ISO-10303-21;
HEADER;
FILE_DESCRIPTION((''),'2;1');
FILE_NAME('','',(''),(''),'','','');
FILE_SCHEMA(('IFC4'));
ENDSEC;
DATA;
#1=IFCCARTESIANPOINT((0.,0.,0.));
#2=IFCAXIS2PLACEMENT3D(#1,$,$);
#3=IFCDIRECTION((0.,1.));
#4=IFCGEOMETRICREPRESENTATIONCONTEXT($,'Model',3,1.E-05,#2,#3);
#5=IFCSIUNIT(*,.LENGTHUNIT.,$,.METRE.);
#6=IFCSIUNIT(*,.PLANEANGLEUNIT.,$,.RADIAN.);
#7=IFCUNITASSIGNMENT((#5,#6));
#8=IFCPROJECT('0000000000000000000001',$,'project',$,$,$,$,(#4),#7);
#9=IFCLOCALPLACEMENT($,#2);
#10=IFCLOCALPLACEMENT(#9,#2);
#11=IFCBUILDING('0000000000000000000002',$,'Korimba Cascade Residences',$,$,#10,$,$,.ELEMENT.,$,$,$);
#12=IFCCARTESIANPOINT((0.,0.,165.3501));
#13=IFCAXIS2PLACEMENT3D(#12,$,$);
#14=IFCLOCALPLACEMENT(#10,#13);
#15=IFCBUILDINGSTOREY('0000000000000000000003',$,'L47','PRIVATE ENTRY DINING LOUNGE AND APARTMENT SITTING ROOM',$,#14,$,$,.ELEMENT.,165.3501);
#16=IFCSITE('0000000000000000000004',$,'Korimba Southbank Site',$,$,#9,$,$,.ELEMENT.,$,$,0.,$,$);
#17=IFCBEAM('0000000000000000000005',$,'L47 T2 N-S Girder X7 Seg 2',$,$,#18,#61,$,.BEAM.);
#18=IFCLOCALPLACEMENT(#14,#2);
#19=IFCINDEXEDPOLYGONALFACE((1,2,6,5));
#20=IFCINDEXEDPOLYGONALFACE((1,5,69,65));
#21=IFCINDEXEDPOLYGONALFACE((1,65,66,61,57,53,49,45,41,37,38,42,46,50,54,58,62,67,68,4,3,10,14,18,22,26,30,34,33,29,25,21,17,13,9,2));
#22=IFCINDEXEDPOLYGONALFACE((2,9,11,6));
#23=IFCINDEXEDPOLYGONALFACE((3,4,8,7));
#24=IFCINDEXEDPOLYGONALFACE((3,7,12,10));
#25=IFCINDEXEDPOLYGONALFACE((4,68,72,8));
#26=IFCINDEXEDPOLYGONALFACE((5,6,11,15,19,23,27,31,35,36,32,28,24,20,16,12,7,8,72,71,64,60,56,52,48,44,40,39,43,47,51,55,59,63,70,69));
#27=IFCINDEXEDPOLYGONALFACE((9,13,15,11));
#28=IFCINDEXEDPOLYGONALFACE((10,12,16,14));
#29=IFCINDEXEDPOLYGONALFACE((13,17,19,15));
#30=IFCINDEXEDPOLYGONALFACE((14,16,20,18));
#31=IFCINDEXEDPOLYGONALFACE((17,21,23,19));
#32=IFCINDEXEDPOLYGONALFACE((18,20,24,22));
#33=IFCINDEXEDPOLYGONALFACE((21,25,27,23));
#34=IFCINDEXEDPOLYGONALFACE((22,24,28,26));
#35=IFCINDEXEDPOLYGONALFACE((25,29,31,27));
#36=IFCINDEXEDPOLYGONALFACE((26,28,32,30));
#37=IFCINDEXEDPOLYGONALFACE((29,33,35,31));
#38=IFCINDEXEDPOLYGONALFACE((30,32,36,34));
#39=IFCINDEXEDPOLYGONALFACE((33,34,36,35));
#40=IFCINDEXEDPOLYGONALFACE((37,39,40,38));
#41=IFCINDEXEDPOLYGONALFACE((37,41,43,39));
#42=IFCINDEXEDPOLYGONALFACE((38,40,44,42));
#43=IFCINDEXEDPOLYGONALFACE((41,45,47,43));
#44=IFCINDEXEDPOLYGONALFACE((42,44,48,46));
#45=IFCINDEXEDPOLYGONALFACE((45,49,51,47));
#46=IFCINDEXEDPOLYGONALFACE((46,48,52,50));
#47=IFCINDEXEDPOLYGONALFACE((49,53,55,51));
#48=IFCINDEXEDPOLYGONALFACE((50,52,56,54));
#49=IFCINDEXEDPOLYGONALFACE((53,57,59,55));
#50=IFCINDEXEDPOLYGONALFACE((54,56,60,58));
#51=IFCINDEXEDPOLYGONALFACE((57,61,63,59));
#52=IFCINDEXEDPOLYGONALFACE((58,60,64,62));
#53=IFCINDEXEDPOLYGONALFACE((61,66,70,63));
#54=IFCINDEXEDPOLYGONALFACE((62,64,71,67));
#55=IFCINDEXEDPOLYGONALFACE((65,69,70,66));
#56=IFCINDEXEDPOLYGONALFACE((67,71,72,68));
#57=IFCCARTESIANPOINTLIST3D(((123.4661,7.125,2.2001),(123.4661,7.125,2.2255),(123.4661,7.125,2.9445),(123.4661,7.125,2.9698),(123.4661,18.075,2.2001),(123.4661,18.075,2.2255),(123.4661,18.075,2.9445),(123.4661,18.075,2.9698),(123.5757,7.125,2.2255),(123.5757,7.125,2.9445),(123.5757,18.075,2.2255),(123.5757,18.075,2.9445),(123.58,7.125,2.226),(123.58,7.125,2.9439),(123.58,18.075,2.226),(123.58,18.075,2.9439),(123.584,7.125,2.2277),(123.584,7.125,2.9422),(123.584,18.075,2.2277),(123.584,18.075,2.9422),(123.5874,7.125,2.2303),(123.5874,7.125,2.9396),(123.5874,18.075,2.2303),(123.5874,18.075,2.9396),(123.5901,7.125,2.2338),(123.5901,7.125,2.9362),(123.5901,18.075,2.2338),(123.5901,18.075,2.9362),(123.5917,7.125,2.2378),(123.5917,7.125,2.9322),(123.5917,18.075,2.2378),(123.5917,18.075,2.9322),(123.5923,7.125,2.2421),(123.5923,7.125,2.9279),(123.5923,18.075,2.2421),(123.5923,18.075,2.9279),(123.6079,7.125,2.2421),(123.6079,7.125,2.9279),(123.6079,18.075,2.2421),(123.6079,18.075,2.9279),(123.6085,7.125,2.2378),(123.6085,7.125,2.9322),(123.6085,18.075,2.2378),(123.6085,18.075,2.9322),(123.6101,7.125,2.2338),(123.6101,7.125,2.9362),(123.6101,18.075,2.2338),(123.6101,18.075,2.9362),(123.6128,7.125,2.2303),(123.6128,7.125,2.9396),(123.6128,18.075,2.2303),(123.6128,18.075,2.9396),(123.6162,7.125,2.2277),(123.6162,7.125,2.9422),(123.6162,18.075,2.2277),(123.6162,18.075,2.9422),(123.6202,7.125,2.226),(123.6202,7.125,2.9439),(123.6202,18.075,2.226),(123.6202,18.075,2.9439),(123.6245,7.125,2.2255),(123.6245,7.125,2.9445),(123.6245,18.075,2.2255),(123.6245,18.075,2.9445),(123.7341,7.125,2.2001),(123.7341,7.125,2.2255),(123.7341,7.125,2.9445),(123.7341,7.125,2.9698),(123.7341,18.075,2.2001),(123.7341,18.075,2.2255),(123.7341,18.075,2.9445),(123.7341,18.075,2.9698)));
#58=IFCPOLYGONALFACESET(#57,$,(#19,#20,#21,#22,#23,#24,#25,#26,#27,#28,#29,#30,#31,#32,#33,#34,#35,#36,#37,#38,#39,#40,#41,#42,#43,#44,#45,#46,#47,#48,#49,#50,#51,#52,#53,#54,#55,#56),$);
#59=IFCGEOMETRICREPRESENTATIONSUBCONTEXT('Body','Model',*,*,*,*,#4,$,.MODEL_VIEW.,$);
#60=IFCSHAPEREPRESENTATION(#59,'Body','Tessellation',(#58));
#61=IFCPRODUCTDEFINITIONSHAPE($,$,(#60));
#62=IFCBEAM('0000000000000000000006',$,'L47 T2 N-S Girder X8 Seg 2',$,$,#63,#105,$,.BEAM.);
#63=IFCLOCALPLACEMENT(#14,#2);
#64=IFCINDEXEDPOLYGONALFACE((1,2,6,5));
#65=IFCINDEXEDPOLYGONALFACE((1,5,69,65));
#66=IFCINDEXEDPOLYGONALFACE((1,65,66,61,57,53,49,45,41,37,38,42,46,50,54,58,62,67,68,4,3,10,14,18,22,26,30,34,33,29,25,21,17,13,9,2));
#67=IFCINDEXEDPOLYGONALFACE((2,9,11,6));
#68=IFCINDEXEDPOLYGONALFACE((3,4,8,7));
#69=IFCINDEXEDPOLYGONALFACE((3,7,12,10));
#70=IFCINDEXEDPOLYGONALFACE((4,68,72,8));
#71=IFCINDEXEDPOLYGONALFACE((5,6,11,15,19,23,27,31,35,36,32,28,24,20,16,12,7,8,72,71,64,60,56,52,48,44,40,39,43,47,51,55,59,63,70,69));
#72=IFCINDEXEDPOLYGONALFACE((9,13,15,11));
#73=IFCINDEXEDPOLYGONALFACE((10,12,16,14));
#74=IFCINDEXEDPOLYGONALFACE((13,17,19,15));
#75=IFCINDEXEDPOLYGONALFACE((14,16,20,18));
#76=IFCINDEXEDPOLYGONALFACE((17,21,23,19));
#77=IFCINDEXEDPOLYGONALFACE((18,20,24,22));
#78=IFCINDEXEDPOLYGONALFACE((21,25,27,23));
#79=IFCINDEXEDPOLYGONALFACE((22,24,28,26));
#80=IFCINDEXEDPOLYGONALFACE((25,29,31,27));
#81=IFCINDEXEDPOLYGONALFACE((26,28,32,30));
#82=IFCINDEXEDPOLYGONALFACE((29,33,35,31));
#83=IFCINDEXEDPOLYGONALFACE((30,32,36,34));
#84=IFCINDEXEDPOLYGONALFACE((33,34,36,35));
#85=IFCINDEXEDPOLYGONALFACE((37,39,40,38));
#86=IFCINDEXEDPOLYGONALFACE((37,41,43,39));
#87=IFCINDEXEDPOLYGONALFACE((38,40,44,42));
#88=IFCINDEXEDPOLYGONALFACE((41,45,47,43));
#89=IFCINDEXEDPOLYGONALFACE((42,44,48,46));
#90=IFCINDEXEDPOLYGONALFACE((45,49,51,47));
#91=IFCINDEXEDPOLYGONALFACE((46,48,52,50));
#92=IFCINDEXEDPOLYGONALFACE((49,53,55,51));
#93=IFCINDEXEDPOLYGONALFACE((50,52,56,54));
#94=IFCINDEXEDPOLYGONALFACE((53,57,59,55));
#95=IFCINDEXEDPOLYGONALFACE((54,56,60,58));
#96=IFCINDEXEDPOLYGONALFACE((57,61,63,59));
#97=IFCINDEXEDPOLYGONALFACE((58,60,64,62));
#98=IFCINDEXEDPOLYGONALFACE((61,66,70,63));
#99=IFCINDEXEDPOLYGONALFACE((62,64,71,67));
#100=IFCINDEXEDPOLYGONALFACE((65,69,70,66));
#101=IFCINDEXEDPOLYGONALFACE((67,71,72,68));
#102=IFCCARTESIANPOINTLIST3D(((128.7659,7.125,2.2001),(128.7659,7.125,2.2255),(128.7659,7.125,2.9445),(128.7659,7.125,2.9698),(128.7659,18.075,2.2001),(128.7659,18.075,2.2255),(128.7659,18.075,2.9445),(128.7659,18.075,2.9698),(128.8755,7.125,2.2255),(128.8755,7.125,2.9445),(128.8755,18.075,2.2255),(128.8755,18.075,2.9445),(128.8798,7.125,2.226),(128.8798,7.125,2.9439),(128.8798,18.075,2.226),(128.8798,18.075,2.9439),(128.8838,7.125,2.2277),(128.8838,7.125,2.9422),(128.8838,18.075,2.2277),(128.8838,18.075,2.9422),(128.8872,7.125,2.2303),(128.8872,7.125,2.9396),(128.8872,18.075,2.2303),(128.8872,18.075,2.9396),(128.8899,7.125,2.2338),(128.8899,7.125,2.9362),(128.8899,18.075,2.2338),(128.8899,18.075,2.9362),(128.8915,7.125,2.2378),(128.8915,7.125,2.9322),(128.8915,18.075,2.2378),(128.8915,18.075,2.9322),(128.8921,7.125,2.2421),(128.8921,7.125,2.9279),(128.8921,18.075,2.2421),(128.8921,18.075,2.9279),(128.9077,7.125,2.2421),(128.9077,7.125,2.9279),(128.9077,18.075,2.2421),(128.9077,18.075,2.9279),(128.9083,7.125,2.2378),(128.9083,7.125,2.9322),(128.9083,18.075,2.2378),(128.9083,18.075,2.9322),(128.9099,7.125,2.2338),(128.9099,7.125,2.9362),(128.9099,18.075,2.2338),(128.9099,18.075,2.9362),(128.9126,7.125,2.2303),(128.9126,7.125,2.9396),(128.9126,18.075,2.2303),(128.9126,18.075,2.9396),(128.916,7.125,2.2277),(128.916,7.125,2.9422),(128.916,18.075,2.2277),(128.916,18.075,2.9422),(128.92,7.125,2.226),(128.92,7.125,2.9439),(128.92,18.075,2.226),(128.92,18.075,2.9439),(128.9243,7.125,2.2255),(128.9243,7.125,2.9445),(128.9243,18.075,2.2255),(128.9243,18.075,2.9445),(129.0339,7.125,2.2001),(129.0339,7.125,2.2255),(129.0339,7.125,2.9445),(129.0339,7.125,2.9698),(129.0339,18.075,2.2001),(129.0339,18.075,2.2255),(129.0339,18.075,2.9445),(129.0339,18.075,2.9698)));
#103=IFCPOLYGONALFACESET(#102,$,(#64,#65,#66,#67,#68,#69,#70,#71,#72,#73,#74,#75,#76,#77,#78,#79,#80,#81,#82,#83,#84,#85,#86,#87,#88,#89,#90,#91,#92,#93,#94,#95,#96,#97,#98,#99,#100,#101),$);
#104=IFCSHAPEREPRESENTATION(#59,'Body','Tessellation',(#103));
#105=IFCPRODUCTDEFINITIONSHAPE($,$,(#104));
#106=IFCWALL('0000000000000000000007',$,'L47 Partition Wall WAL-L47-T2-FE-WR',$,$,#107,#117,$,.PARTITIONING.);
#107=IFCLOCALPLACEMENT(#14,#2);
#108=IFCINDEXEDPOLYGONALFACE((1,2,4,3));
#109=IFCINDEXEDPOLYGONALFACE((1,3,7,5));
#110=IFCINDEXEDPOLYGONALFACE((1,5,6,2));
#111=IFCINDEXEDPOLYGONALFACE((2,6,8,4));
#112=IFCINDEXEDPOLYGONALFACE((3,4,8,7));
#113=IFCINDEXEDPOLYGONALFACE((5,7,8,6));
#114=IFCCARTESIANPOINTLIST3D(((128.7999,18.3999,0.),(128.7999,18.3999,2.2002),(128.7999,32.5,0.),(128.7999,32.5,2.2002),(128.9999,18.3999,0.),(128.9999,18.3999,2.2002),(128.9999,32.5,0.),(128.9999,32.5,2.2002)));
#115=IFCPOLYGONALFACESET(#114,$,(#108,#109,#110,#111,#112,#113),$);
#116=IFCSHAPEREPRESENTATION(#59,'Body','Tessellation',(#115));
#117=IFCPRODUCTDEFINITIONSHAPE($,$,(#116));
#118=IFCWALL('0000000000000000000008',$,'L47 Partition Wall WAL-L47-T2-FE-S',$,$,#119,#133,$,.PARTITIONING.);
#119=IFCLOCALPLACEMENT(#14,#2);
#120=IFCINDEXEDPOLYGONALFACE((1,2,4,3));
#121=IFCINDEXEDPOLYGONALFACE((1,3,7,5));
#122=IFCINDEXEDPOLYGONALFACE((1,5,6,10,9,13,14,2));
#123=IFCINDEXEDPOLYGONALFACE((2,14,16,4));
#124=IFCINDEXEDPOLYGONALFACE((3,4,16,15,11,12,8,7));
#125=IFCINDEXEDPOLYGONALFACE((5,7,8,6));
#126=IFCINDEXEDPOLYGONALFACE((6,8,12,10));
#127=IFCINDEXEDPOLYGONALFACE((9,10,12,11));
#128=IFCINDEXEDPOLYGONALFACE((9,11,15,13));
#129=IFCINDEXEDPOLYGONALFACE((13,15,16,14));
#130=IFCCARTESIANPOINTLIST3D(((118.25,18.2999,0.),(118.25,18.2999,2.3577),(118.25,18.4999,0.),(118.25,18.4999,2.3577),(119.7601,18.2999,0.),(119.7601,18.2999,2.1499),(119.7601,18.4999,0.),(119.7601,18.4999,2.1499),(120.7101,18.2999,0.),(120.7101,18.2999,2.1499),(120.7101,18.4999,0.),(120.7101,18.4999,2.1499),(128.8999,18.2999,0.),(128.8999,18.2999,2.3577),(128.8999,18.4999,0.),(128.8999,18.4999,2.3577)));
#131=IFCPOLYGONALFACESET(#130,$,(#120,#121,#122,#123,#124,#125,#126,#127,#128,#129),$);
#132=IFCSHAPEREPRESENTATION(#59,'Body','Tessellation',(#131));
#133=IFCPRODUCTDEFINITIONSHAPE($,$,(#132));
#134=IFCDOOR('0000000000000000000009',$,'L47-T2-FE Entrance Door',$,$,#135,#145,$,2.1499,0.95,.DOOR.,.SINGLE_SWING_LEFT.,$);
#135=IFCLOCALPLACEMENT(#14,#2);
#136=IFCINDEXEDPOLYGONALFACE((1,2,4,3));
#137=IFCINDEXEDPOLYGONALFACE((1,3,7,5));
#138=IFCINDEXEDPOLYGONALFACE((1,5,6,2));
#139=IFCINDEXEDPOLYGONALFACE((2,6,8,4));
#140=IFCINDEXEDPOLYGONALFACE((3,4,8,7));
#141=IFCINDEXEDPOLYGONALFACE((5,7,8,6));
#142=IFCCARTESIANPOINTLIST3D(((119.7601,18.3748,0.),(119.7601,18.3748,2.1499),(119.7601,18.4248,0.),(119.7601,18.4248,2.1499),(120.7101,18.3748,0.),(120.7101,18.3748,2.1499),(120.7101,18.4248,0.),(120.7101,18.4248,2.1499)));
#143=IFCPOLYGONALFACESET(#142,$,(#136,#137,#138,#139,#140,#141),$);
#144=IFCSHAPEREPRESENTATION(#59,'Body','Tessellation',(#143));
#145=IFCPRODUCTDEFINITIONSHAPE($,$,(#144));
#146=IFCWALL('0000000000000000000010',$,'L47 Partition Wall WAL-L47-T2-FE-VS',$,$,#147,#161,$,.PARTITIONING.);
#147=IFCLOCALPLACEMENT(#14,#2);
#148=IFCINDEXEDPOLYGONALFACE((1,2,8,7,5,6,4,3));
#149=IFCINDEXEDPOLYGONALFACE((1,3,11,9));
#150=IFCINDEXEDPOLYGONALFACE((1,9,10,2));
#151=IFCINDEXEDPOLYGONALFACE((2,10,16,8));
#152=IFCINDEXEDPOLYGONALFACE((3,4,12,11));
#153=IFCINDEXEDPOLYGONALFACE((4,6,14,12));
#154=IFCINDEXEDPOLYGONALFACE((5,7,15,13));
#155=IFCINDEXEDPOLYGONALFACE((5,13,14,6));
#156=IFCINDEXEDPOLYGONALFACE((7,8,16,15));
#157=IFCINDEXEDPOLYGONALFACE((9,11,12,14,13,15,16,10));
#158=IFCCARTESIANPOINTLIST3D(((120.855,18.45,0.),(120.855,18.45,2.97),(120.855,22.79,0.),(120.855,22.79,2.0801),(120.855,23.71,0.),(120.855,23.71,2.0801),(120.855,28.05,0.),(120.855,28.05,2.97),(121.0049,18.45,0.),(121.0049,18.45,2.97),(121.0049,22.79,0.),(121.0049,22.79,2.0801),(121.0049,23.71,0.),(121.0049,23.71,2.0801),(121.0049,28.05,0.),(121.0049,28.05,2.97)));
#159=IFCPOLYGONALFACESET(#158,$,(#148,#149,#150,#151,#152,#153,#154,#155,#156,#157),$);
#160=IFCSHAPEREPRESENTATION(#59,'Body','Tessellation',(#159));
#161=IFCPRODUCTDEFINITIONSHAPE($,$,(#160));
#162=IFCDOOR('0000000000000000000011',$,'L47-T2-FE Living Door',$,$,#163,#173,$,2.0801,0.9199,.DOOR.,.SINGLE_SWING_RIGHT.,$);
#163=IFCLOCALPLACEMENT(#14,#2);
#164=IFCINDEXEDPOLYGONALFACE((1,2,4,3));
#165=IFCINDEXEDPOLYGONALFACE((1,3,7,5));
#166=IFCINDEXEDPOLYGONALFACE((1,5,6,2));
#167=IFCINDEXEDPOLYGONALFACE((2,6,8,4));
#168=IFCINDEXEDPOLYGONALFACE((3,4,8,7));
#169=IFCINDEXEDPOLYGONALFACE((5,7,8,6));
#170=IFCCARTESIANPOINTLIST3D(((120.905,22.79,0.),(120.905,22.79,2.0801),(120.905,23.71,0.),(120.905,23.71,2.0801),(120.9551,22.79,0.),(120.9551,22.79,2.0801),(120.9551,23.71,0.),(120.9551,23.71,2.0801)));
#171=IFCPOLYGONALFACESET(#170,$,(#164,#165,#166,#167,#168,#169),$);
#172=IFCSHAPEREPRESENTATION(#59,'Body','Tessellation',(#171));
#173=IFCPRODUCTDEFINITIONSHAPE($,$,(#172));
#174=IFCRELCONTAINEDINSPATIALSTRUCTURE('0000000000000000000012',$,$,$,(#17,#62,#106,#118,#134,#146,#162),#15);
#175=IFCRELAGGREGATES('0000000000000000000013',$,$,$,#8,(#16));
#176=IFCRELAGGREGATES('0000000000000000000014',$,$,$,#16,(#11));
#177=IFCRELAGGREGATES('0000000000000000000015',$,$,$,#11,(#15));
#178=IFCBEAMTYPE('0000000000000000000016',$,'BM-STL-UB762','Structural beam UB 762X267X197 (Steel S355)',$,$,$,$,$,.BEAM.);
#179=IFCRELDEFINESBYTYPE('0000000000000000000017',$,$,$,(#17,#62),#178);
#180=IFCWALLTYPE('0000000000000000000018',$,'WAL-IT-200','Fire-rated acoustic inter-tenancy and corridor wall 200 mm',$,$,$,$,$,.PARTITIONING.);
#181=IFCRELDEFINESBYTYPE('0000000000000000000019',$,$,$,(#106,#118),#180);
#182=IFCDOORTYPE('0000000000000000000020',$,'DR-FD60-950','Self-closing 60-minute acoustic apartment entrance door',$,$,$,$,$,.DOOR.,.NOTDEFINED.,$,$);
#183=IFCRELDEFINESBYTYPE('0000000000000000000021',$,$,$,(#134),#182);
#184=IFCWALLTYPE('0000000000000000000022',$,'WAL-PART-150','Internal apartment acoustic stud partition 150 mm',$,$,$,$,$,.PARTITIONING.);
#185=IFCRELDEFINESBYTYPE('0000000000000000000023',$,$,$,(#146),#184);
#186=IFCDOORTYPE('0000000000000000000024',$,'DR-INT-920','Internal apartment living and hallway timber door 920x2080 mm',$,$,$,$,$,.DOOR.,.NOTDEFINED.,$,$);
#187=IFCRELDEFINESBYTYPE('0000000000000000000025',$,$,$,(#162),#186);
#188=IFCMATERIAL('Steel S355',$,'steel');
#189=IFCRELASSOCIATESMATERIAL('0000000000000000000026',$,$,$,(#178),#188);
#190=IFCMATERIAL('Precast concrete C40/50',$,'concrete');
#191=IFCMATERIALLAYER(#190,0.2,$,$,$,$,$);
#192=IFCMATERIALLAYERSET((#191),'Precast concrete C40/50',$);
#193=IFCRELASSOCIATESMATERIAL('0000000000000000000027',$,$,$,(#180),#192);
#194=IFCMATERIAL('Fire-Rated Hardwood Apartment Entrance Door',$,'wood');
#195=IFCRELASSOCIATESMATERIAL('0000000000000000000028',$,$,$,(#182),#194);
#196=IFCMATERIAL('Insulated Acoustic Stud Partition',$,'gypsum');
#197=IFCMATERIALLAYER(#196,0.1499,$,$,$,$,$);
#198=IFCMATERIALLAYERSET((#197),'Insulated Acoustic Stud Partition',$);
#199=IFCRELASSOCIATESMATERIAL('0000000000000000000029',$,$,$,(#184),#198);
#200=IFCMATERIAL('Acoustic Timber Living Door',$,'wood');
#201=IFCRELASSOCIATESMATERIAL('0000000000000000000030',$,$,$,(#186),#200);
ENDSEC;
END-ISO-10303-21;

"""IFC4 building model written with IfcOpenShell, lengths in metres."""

from ifc_helpers import new_model, si_unit, direction, frame, frame_2d, origin, origin_2d, place, context, subcontext, project, spatial, rectangle, i_section, extrude, material, layer, layer_set, material_profile, profile_set, type_object, element, fill, save


model = new_model("IFC4")

# Units and contexts
model_context = context("Model", 3, precision=1e-05, world=origin(), true_north=direction((0.0, 1.0)))
body_context = subcontext(model_context, "Body", "Model", "MODEL_VIEW")
ifc_project = project(units=[si_unit("LENGTHUNIT", "METRE"), si_unit("PLANEANGLEUNIT", "RADIAN")], contexts=[model_context])

# Site, building, storey
site_placement = place(None, origin())
site = spatial("IfcSite", under=ifc_project, at=site_placement, Name="Korimba Southbank Site", CompositionType="ELEMENT", RefElevation=0.0)
building_placement = place(site_placement, origin())
building = spatial("IfcBuilding", under=site, at=building_placement, Name="Korimba Cascade Residences", CompositionType="ELEMENT")
storey_placement = place(building_placement, frame((0.0, 0.0, 165.3501)))
storey = spatial("IfcBuildingStorey", under=building, at=storey_placement, Name="L47", Description="PRIVATE ENTRY DINING LOUNGE AND APARTMENT SITTING ROOM", CompositionType="ELEMENT", Elevation=165.3501)

# Beams
ifc_material_1 = material(Name="Steel S355", Category="steel")
ifc_material_profile_1 = material_profile(ifc_material_1, i_section(OverallWidth=0.2681, OverallDepth=0.7698, WebThickness=0.0156, FlangeThickness=0.0254, FilletRadius=0.0166, at=origin_2d()), Name="Steel S355")
ifc_profile_set_1 = profile_set([ifc_material_profile_1], Name="Steel S355")
beam_type_1 = type_object("IfcBeamType", Name="BM-STL-UB762", Description="Structural beam UB 762X267X197 (Steel S355)", PredefinedType="BEAM", material=ifc_profile_set_1)
for number, where, z_axis, x_axis, name in (
    (1, (123.6001, 7.125, 2.585), (0.0, 1.0, 0.0), (-1.0, 0.0, 0.0), "L47 T2 N-S Girder X7 Seg 2"),
    (2, (128.8999, 7.125, 2.585), (0.0, 1.0, 0.0), (-1.0, 0.0, 0.0), "L47 T2 N-S Girder X8 Seg 2"),
):
    element("IfcBeam", number, at=place(storey_placement, frame(where, z_axis=z_axis, x_axis=x_axis)), inside=storey, type_object=beam_type_1, Name=name, PredefinedType="BEAM", context=body_context, shape_type="SweptSolid", body=[
        extrude(i_section(OverallWidth=0.2681, OverallDepth=0.7698, WebThickness=0.0156, FlangeThickness=0.0254, FilletRadius=0.0166, at=origin_2d()), origin(), (0.0, 0.0, 1.0), 10.95),
    ])

# Wall
ifc_material_2 = material(Name="Precast concrete C40/50", Category="concrete")
ifc_layer_1 = layer(ifc_material_2, 0.2)
ifc_layer_set_1 = layer_set([ifc_layer_1], Name="Precast concrete C40/50")
wall_type_1 = type_object("IfcWallType", Name="WAL-IT-200", Description="Fire-rated acoustic inter-tenancy and corridor wall 200 mm", PredefinedType="PARTITIONING", material=ifc_layer_set_1)
wall_1_placement = place(storey_placement, frame((128.8999, 18.3999, 0.0), z_axis=(0.0, 0.0, 1.0), x_axis=(0.0, 1.0, 0.0)))
element("IfcWall", 3, at=wall_1_placement, inside=storey, type_object=wall_type_1, Name="L47 Partition Wall WAL-L47-T2-FE-WR", PredefinedType="PARTITIONING", context=body_context, shape_type="SweptSolid", body=[
    extrude(rectangle(XDim=14.1001, YDim=0.2, at=frame_2d((7.05, 0.0))), origin(), (0.0, 0.0, 1.0), 2.2002),
])

# Walls, openings, doors
wall_2_placement = place(storey_placement, frame((118.25, 18.3999, 0.0), z_axis=(0.0, 0.0, 1.0), x_axis=(1.0, 0.0, 0.0)))
wall_2 = element("IfcWall", 4, at=wall_2_placement, inside=storey, type_object=wall_type_1, Name="L47 Partition Wall WAL-L47-T2-FE-S", PredefinedType="PARTITIONING", context=body_context, shape_type="SweptSolid", body=[
    extrude(rectangle(XDim=10.6499, YDim=0.2, at=frame_2d((5.325, 0.0))), origin(), (0.0, 0.0, 1.0), 2.3577),
])
opening_1_placement = place(wall_2_placement, frame((1.51, 0.0, 0.0)))
opening_1 = element("IfcOpeningElement", 5, at=opening_1_placement, cuts=wall_2, PredefinedType="OPENING", context=body_context, shape_type="SweptSolid", body=[
    extrude(rectangle(XDim=0.95, YDim=2.1499, at=frame_2d((0.4751, 1.075))), frame((0.0, 0.1099, 0.0), z_axis=(0.0, -1.0, 0.0), x_axis=(1.0, 0.0, 0.0)), (0.0, 0.0, 1.0), 0.22),
])
ifc_material_3 = material(Name="Fire-Rated Hardwood Apartment Entrance Door", Category="wood")
door_type_1 = type_object("IfcDoorType", Name="DR-FD60-950", Description="Self-closing 60-minute acoustic apartment entrance door", OperationType="NOTDEFINED", PredefinedType="DOOR", material=ifc_material_3)
door_1_placement = place(opening_1_placement, origin())
door_1 = element("IfcDoor", 6, at=door_1_placement, inside=storey, type_object=door_type_1, Name="L47-T2-FE Entrance Door", OperationType="SINGLE_SWING_LEFT", OverallHeight=2.1499, OverallWidth=0.95, PredefinedType="DOOR", context=body_context, shape_type="SweptSolid", body=[
    extrude(rectangle(XDim=0.95, YDim=2.1499, at=frame_2d((0.4751, 1.075))), frame((0.0, 0.0249, 0.0), z_axis=(0.0, -1.0, 0.0), x_axis=(1.0, 0.0, 0.0)), (0.0, 0.0, 1.0), 0.05),
])
fill(opening_1, door_1)
ifc_material_4 = material(Name="Insulated Acoustic Stud Partition", Category="gypsum")
ifc_layer_2 = layer(ifc_material_4, 0.1499)
ifc_layer_set_2 = layer_set([ifc_layer_2], Name="Insulated Acoustic Stud Partition")
wall_type_2 = type_object("IfcWallType", Name="WAL-PART-150", Description="Internal apartment acoustic stud partition 150 mm", PredefinedType="PARTITIONING", material=ifc_layer_set_2)
wall_3_placement = place(storey_placement, frame((120.9299, 18.45, 0.0), z_axis=(0.0, 0.0, 1.0), x_axis=(0.0, 1.0, 0.0)))
wall_3 = element("IfcWall", 7, at=wall_3_placement, inside=storey, type_object=wall_type_2, Name="L47 Partition Wall WAL-L47-T2-FE-VS", PredefinedType="PARTITIONING", context=body_context, shape_type="SweptSolid", body=[
    extrude(rectangle(XDim=9.6001, YDim=0.1499, at=frame_2d((4.8, 0.0))), origin(), (0.0, 0.0, 1.0), 2.97),
])
opening_2_placement = place(wall_3_placement, frame((4.3401, 0.0, 0.0)))
opening_2 = element("IfcOpeningElement", 8, at=opening_2_placement, cuts=wall_3, PredefinedType="OPENING", context=body_context, shape_type="SweptSolid", body=[
    extrude(rectangle(XDim=0.9199, YDim=2.0801, at=frame_2d((0.46, 1.04))), frame((0.0, 0.085, 0.0), z_axis=(0.0, -1.0, 0.0), x_axis=(1.0, 0.0, 0.0)), (0.0, 0.0, 1.0), 0.1699),
])
ifc_material_5 = material(Name="Acoustic Timber Living Door", Category="wood")
door_type_2 = type_object("IfcDoorType", Name="DR-INT-920", Description="Internal apartment living and hallway timber door 920x2080 mm", OperationType="NOTDEFINED", PredefinedType="DOOR", material=ifc_material_5)
door_2_placement = place(opening_2_placement, origin())
door_2 = element("IfcDoor", 9, at=door_2_placement, inside=storey, type_object=door_type_2, Name="L47-T2-FE Living Door", OperationType="SINGLE_SWING_RIGHT", OverallHeight=2.0801, OverallWidth=0.9199, PredefinedType="DOOR", context=body_context, shape_type="SweptSolid", body=[
    extrude(rectangle(XDim=0.9199, YDim=2.0801, at=frame_2d((0.46, 1.04))), frame((0.0, 0.0249, 0.0), z_axis=(0.0, -1.0, 0.0), x_axis=(1.0, 0.0, 0.0)), (0.0, 0.0, 1.0), 0.05),
])
fill(opening_2, door_2)

save(model, "model.ifc")
